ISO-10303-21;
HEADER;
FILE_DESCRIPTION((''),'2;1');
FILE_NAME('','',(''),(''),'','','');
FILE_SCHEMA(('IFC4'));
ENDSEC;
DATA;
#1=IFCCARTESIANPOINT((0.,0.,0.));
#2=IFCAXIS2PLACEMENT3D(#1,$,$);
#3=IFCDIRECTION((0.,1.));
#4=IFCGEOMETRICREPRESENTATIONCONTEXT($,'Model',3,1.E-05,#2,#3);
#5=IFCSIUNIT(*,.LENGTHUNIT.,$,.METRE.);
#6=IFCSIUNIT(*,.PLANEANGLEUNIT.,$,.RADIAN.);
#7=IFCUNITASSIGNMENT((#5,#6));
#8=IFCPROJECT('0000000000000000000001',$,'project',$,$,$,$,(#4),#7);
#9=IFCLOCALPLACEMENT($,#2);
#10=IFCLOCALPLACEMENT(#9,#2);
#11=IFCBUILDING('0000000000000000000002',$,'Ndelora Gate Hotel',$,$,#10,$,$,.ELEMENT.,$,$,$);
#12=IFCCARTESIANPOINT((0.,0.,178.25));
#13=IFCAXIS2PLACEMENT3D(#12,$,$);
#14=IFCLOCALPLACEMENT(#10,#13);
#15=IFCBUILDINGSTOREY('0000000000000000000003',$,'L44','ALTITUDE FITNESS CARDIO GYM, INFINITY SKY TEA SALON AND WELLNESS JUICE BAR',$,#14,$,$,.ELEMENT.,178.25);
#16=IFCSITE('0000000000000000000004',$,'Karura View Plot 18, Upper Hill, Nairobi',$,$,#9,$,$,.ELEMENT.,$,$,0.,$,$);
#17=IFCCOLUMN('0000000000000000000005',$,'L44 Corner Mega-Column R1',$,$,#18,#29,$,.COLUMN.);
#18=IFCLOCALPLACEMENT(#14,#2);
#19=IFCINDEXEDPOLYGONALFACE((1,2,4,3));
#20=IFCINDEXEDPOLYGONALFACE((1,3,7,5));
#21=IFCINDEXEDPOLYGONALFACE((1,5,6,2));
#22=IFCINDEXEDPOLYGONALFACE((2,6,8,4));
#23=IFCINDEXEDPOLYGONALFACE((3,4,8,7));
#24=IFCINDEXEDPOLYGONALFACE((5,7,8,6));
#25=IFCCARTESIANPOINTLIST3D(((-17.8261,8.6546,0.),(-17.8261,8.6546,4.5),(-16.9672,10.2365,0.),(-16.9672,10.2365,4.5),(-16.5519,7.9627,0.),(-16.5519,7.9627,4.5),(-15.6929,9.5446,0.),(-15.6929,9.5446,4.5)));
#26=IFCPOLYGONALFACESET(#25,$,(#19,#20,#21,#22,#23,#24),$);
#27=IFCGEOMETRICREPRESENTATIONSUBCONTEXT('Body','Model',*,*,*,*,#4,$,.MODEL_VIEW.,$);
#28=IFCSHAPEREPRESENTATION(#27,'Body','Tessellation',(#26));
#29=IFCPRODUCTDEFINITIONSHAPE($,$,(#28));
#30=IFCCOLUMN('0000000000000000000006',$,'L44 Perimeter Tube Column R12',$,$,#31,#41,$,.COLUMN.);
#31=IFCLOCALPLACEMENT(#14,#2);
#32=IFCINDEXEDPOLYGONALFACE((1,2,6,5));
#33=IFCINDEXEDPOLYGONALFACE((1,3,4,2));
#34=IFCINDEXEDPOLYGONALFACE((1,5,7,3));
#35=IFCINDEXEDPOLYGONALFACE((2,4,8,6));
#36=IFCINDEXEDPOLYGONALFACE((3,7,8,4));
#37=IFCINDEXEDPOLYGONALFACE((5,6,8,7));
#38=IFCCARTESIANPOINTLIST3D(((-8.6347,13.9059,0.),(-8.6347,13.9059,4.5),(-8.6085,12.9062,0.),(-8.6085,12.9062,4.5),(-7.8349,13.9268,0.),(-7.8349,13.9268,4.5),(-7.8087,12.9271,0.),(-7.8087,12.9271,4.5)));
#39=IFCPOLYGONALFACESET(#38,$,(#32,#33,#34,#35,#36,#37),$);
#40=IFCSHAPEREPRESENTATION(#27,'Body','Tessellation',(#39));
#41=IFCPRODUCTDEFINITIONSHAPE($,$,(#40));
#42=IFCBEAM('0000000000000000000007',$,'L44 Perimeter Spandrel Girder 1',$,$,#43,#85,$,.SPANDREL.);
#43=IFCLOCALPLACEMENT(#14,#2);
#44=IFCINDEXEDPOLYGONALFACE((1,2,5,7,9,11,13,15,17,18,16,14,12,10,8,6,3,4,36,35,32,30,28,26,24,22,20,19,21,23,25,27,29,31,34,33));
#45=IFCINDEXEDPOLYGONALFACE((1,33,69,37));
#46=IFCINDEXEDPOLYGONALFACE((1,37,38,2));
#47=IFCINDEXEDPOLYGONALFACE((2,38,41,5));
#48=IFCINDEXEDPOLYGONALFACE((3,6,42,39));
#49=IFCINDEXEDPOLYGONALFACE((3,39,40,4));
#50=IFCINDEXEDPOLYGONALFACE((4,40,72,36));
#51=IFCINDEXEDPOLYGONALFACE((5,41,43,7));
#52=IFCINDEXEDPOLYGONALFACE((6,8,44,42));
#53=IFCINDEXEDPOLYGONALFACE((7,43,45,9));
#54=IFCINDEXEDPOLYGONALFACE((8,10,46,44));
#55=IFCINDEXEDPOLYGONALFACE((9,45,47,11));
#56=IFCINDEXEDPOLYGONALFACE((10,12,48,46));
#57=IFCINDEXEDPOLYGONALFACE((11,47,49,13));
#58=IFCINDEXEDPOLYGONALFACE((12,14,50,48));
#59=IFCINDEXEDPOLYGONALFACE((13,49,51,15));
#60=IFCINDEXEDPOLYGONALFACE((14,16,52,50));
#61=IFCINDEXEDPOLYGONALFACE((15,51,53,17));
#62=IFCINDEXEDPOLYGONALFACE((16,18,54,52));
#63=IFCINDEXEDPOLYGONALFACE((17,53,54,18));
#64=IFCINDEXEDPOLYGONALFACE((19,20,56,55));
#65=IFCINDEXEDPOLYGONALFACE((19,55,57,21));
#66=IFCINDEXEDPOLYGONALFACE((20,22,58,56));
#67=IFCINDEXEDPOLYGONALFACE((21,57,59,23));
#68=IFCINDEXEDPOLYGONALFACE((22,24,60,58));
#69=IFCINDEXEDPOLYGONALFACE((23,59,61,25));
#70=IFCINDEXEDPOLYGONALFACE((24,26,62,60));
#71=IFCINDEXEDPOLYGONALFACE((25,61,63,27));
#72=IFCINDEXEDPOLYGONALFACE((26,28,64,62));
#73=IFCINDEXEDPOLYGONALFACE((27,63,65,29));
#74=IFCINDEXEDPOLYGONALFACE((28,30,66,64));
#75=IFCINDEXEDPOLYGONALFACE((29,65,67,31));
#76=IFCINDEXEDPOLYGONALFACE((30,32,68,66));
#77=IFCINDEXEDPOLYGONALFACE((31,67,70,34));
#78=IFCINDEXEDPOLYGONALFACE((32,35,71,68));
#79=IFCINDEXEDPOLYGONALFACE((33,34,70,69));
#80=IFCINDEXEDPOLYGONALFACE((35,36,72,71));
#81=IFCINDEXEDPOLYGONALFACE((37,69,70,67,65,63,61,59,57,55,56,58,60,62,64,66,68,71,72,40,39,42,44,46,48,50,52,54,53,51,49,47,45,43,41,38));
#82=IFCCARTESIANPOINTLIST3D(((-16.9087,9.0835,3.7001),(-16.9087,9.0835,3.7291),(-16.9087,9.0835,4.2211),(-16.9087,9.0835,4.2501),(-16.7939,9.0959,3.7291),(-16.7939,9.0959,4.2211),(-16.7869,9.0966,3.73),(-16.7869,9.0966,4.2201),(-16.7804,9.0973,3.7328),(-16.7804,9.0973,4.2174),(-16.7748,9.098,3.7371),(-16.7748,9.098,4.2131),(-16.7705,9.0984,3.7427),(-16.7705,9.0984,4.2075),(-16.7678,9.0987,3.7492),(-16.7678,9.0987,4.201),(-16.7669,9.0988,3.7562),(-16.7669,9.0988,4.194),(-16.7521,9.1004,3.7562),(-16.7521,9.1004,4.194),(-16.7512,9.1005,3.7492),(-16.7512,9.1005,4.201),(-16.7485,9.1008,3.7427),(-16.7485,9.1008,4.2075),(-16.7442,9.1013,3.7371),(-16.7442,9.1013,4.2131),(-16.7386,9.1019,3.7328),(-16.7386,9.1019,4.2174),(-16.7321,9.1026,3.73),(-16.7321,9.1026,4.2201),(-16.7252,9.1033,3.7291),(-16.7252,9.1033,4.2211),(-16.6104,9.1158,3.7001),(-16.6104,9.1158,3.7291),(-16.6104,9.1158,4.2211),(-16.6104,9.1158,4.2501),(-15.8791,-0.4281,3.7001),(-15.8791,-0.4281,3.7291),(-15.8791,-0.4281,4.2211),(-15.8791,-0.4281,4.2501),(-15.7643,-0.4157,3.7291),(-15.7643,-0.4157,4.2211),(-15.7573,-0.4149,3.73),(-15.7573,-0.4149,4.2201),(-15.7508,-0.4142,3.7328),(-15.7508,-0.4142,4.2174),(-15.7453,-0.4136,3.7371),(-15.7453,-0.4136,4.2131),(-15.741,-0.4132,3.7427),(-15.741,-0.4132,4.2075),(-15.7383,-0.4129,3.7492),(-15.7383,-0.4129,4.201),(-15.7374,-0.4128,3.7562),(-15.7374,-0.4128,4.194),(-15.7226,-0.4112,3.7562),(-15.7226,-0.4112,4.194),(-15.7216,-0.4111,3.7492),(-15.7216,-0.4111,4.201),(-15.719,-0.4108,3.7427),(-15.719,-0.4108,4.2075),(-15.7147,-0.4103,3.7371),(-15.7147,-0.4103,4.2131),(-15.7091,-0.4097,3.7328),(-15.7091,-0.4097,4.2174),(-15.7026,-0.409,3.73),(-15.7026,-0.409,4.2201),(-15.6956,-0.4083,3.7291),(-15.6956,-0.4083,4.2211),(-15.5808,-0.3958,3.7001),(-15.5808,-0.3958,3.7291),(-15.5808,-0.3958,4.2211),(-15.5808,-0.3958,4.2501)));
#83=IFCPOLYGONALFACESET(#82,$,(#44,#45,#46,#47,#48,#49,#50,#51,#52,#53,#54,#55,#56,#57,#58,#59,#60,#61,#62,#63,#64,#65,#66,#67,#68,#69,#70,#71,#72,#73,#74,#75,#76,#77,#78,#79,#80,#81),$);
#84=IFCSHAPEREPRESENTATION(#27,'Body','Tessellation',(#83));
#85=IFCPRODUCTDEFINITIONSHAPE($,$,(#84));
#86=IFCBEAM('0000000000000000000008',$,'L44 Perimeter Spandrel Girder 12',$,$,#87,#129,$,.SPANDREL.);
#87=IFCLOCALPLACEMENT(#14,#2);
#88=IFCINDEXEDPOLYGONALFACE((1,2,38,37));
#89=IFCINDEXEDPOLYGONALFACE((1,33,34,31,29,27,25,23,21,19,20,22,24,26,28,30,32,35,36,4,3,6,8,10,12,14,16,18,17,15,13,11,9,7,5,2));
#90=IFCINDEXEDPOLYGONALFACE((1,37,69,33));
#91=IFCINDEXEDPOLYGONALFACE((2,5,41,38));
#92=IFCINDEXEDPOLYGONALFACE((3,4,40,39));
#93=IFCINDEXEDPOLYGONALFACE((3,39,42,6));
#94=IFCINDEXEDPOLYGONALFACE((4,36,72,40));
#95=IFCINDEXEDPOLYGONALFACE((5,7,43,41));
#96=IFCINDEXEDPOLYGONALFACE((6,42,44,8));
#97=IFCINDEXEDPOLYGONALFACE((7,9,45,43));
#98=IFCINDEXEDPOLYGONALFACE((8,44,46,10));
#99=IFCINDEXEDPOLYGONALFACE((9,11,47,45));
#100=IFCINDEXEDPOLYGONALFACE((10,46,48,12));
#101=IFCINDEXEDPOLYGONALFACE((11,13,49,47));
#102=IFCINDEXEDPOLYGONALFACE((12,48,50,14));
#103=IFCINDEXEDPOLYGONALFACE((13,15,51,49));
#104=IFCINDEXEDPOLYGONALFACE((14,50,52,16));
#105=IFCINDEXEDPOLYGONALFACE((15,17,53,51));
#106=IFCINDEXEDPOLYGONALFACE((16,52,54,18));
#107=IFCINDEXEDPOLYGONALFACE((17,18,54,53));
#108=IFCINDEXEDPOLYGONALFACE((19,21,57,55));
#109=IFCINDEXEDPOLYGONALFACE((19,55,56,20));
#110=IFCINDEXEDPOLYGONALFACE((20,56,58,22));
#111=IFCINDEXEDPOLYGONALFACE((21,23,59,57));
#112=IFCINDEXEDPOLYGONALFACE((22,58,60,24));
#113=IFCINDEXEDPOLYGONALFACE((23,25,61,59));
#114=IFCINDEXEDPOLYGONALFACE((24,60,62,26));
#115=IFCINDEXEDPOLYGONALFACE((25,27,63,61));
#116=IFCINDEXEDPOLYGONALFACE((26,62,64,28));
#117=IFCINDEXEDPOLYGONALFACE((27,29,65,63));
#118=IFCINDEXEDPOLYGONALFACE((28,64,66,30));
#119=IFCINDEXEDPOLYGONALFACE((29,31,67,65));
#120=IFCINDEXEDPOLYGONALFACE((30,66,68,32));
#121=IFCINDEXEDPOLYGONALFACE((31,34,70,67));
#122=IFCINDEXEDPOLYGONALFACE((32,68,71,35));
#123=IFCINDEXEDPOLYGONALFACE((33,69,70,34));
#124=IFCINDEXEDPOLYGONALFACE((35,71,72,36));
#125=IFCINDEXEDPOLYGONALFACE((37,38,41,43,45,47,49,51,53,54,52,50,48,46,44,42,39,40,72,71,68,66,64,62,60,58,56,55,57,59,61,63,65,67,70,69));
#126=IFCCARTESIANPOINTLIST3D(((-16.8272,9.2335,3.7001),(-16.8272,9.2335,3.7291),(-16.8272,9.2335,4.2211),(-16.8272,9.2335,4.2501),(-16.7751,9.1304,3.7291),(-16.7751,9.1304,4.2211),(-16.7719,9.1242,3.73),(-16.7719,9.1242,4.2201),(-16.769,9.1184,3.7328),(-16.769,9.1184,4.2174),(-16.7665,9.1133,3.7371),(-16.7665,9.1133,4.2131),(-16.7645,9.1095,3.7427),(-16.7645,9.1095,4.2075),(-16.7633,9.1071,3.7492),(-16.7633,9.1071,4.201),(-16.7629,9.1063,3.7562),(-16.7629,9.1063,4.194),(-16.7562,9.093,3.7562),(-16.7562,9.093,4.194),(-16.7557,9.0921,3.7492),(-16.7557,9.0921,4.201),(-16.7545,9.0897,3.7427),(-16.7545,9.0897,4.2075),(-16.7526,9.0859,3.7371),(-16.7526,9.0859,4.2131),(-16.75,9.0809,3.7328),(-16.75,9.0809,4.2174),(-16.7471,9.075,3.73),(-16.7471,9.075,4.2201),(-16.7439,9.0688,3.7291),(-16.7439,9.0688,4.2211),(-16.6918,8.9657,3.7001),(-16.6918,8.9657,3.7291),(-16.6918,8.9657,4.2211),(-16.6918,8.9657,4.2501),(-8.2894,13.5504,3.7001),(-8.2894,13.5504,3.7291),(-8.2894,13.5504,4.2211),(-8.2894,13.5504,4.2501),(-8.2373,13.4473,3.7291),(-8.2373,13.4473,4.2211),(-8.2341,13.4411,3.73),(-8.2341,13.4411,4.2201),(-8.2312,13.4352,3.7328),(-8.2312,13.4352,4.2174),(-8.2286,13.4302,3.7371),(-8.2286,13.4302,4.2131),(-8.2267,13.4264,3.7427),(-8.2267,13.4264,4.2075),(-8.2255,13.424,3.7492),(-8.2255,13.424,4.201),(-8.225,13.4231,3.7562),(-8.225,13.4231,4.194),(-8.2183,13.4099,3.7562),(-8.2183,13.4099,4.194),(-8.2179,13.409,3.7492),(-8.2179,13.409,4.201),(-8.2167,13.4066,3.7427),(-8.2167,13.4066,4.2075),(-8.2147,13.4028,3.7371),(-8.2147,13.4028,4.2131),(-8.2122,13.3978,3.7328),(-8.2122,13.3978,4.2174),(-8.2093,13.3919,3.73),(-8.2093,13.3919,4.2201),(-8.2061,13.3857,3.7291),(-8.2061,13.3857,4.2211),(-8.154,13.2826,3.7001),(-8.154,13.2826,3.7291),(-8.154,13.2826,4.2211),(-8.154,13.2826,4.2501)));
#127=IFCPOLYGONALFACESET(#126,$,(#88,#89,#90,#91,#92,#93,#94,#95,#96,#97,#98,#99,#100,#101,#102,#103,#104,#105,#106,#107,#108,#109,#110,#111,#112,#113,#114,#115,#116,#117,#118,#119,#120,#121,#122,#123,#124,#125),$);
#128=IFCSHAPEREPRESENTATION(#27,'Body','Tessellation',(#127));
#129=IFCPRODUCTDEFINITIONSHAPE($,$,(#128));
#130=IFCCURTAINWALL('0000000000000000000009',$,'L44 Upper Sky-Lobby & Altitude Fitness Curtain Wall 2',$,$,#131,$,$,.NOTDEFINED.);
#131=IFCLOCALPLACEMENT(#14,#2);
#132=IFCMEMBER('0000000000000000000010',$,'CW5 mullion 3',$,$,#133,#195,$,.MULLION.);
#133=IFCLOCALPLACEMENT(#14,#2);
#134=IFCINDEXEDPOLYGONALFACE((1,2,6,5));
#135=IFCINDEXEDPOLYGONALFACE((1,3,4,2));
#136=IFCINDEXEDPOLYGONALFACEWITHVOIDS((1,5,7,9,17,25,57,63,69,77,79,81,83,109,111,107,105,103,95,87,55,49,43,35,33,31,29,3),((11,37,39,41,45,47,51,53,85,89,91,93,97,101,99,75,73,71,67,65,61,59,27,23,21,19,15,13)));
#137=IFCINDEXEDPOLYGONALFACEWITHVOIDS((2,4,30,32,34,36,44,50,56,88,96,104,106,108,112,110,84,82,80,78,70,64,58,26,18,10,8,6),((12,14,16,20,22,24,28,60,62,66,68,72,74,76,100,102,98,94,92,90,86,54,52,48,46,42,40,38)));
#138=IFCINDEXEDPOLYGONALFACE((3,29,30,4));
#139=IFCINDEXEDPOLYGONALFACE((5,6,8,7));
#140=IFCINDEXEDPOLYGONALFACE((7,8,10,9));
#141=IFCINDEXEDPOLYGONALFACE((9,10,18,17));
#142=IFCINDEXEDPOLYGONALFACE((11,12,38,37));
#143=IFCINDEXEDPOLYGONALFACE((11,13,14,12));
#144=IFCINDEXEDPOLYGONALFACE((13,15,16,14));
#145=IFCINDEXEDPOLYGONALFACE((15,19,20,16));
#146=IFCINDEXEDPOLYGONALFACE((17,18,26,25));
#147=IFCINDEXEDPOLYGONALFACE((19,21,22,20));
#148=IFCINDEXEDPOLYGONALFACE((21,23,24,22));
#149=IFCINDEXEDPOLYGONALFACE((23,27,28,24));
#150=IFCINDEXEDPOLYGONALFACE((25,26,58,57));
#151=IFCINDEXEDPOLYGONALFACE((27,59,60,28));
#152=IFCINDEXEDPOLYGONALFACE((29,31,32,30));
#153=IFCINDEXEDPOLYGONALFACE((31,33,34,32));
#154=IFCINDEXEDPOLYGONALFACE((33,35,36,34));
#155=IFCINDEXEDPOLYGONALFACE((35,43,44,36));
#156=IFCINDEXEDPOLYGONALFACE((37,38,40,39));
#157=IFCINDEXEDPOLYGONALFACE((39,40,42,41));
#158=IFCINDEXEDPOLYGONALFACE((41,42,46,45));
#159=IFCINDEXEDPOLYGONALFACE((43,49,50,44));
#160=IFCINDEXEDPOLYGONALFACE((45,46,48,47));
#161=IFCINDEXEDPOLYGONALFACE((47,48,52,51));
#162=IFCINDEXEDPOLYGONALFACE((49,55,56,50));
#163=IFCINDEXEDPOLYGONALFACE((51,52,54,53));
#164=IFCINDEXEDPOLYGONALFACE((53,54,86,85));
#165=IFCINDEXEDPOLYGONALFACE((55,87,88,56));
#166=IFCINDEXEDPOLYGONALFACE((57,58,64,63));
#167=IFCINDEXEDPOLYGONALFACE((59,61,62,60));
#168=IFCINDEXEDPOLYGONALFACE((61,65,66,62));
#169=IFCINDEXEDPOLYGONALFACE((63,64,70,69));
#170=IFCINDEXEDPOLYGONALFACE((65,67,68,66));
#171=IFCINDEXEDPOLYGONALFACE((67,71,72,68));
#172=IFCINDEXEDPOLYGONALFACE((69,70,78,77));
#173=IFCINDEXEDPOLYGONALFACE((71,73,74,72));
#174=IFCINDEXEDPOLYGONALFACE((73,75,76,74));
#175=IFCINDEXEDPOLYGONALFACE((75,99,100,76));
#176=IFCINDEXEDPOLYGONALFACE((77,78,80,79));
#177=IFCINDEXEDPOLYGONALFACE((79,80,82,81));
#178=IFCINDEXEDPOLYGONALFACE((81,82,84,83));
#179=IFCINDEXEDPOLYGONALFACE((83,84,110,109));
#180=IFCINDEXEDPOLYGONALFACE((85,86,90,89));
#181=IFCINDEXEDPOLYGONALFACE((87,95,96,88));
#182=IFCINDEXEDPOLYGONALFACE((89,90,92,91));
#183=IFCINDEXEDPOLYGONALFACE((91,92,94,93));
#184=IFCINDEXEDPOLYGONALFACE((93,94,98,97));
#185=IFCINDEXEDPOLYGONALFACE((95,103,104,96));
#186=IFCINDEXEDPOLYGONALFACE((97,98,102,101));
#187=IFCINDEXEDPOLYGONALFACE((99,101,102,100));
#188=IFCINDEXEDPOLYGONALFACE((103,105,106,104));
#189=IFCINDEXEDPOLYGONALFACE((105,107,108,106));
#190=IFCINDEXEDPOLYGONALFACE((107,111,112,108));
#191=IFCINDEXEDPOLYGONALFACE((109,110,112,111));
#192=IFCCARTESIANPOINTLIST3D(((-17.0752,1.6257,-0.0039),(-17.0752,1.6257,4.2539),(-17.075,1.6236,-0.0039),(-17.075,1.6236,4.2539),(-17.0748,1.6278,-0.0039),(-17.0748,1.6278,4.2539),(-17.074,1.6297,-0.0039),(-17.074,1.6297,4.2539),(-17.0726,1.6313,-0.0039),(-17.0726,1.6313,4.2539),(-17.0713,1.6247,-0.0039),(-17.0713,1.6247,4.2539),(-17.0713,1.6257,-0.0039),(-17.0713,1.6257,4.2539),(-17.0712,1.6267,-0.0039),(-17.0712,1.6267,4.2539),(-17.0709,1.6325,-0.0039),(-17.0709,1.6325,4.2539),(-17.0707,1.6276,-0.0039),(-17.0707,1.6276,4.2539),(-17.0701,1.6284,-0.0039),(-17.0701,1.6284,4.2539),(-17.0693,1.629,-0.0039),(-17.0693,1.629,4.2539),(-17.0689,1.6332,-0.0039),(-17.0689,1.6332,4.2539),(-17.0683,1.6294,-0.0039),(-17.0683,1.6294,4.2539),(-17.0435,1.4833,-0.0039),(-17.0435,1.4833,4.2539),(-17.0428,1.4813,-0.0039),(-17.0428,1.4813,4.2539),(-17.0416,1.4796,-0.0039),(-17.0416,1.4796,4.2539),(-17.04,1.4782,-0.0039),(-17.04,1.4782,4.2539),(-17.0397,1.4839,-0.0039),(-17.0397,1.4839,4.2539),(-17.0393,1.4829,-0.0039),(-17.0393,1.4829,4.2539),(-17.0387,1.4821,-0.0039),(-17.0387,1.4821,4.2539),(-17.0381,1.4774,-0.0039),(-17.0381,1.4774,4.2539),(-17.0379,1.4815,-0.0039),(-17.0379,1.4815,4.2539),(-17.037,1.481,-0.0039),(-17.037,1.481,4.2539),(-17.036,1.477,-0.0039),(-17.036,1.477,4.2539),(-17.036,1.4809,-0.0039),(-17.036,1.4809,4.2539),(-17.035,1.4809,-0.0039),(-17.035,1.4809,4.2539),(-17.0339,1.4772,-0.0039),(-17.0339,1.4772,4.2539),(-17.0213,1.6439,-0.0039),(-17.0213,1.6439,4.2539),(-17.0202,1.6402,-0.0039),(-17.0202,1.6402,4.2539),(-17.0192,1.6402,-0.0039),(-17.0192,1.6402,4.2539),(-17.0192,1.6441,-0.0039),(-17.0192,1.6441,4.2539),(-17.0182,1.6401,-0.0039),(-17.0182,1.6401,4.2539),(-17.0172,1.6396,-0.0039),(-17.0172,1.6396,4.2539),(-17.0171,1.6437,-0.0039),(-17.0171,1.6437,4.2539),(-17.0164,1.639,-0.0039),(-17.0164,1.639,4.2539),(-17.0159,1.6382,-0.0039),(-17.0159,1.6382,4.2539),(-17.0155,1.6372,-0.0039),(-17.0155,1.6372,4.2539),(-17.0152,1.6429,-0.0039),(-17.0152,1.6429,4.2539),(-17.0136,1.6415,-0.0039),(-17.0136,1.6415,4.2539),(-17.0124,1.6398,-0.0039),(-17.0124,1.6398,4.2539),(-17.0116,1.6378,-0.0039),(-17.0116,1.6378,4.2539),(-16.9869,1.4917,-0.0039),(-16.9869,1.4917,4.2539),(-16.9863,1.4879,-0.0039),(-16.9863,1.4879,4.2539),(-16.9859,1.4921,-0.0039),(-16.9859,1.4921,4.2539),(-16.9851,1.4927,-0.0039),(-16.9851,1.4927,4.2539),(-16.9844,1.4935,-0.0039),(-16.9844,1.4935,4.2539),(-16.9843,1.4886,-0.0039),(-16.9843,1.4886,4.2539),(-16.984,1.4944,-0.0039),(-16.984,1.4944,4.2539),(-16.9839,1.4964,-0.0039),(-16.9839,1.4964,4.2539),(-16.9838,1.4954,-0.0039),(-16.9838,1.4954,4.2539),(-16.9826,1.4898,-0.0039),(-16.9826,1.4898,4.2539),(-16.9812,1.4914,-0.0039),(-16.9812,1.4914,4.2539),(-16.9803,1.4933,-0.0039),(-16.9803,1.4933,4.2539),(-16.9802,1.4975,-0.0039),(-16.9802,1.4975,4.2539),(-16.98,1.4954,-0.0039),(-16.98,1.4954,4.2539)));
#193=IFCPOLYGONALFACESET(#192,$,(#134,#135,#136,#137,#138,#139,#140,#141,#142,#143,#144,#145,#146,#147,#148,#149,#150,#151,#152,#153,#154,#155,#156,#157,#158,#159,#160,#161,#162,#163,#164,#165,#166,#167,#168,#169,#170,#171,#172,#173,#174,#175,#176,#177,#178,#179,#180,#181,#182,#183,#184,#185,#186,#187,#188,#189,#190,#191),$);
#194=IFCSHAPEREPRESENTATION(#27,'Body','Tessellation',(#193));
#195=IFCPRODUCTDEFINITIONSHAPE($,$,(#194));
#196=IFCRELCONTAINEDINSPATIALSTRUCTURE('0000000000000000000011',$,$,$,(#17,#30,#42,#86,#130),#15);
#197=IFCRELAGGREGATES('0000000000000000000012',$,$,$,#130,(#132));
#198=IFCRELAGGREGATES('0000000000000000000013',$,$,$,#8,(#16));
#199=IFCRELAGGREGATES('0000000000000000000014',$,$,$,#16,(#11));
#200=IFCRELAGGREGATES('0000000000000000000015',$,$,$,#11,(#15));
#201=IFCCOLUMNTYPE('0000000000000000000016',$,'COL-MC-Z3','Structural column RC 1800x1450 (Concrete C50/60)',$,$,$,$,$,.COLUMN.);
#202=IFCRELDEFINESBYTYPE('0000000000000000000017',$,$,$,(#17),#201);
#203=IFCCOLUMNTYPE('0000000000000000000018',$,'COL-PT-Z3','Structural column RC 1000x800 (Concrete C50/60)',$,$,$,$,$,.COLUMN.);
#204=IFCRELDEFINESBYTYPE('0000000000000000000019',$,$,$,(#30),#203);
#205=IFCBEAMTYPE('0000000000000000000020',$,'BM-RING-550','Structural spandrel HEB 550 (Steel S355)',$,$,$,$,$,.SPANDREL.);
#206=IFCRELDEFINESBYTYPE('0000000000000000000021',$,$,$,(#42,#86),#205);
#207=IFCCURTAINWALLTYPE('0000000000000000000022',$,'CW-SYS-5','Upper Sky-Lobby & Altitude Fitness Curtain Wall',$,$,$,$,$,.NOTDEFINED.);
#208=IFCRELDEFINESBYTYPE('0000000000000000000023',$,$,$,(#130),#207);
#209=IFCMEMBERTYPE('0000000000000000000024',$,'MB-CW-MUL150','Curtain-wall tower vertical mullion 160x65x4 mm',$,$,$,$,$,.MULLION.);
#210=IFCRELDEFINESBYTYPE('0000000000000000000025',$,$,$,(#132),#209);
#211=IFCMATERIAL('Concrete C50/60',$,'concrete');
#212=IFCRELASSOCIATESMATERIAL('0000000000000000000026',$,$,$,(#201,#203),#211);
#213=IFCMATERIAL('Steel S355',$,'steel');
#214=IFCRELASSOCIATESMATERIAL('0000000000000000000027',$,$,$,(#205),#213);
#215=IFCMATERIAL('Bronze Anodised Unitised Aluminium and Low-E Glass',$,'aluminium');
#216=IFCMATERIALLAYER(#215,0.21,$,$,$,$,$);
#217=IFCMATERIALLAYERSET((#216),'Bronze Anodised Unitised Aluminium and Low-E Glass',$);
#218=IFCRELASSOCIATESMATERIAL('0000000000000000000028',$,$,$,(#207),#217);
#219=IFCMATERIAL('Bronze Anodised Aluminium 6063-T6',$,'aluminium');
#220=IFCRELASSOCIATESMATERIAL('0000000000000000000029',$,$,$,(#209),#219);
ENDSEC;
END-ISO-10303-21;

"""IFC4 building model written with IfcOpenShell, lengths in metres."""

from ifc_helpers import new_model, si_unit, direction, frame, origin, origin_2d, place, context, subcontext, project, spatial, rectangle, hollow_rectangle, i_section, extrude, material, layer, layer_set, material_profile, profile_set, type_object, element, aggregate, save


model = new_model("IFC4")

# Units and contexts
model_context = context("Model", 3, precision=1e-05, world=origin(), true_north=direction((0.0, 1.0)))
body_context = subcontext(model_context, "Body", "Model", "MODEL_VIEW")
ifc_project = project(units=[si_unit("LENGTHUNIT", "METRE"), si_unit("PLANEANGLEUNIT", "RADIAN")], contexts=[model_context])

# Site, building, storey
site_placement = place(None, origin())
site = spatial("IfcSite", under=ifc_project, at=site_placement, Name="Karura View Plot 18, Upper Hill, Nairobi", CompositionType="ELEMENT", RefElevation=0.0)
building_placement = place(site_placement, origin())
building = spatial("IfcBuilding", under=site, at=building_placement, Name="Ndelora Gate Hotel", CompositionType="ELEMENT")
storey_placement = place(building_placement, frame((0.0, 0.0, 178.25)))
storey = spatial("IfcBuildingStorey", under=building, at=storey_placement, Name="L44", Description="ALTITUDE FITNESS CARDIO GYM, INFINITY SKY TEA SALON AND WELLNESS JUICE BAR", CompositionType="ELEMENT", Elevation=178.25)

# Columns
ifc_material_1 = material(Name="Concrete C50/60", Category="concrete")
ifc_material_profile_1 = material_profile(ifc_material_1, rectangle(XDim=1.45, YDim=1.8, at=origin_2d()), Name="RC 1800x1450")
ifc_profile_set_1 = profile_set([ifc_material_profile_1], Name="Concrete C50/60")
column_type_1 = type_object("IfcColumnType", Name="COL-MC-Z3", Description="Structural column RC 1800x1450 (Concrete C50/60)", PredefinedType="COLUMN", material=ifc_profile_set_1)
column_1_placement = place(storey_placement, frame((-16.7595, 9.0996, 0.0), z_axis=(0.0, 0.0, 1.0), x_axis=(-0.878817, 0.477159, 0.0)))
element("IfcColumn", 1, at=column_1_placement, inside=storey, type_object=column_type_1, Name="L44 Corner Mega-Column R1", PredefinedType="COLUMN", context=body_context, shape_type="SweptSolid", body=[
    extrude(rectangle(XDim=1.45, YDim=1.8, at=origin_2d()), origin(), (0.0, 0.0, 1.0), 4.5),
])
ifc_material_profile_2 = material_profile(ifc_material_1, rectangle(XDim=0.8, YDim=1.0, at=origin_2d()), Name="RC 1000x800")
ifc_profile_set_2 = profile_set([ifc_material_profile_2], Name="Concrete C50/60")
column_type_2 = type_object("IfcColumnType", Name="COL-PT-Z3", Description="Structural column RC 1000x800 (Concrete C50/60)", PredefinedType="COLUMN", material=ifc_profile_set_2)
column_2_placement = place(storey_placement, frame((-8.2217, 13.4165, 0.0), z_axis=(0.0, 0.0, 1.0), x_axis=(0.999657, 0.026177, 0.0)))
element("IfcColumn", 2, at=column_2_placement, inside=storey, type_object=column_type_2, Name="L44 Perimeter Tube Column R12", PredefinedType="COLUMN", context=body_context, shape_type="SweptSolid", body=[
    extrude(rectangle(XDim=0.8, YDim=1.0, at=origin_2d()), origin(), (0.0, 0.0, 1.0), 4.5),
])

# Beams
ifc_material_2 = material(Name="Steel S355", Category="steel")
ifc_material_profile_3 = material_profile(ifc_material_2, i_section(OverallWidth=0.3, OverallDepth=0.55, WebThickness=0.0149, FlangeThickness=0.0291, FilletRadius=0.0271, at=origin_2d()), Name="HEB 550")
ifc_profile_set_3 = profile_set([ifc_material_profile_3], Name="Steel S355")
beam_type = type_object("IfcBeamType", Name="BM-RING-550", Description="Structural spandrel HEB 550 (Steel S355)", PredefinedType="SPANDREL", material=ifc_profile_set_3)
for number, where, z_axis, x_axis, name in (
    (3, (-16.7595, 9.0996, 3.9751), (0.107613, -0.994193, 0.0), (0.994193, 0.107613, 0.0), "L44 Perimeter Spandrel Girder 1"),
    (4, (-8.2217, 13.4165, 3.9751), (-0.892412, -0.451221, 0.0), (0.451221, -0.892412, 0.0), "L44 Perimeter Spandrel Girder 12"),
):
    element("IfcBeam", number, at=place(storey_placement, frame(where, z_axis=z_axis, x_axis=x_axis)), inside=storey, type_object=beam_type, Name=name, PredefinedType="SPANDREL", context=body_context, shape_type="SweptSolid", body=[
        extrude(i_section(OverallWidth=0.3, OverallDepth=0.55, WebThickness=0.0149, FlangeThickness=0.0291, FilletRadius=0.0271, at=origin_2d()), origin(), (0.0, 0.0, 1.0), 9.5671),
    ])

# Curtain wall, member
ifc_material_3 = material(Name="Bronze Anodised Unitised Aluminium and Low-E Glass", Category="aluminium")
ifc_layer_1 = layer(ifc_material_3, 0.21)
ifc_layer_set_1 = layer_set([ifc_layer_1], Name="Bronze Anodised Unitised Aluminium and Low-E Glass")
curtain_wall_type = type_object("IfcCurtainWallType", Name="CW-SYS-5", Description="Upper Sky-Lobby & Altitude Fitness Curtain Wall", PredefinedType="NOTDEFINED", material=ifc_layer_set_1)
curtain_wall_placement = place(storey_placement, origin())
curtain_wall = element("IfcCurtainWall", 5, at=curtain_wall_placement, inside=storey, type_object=curtain_wall_type, Name="L44 Upper Sky-Lobby & Altitude Fitness Curtain Wall 2", PredefinedType="NOTDEFINED")
ifc_material_4 = material(Name="Bronze Anodised Aluminium 6063-T6", Category="aluminium")
ifc_material_profile_4 = material_profile(ifc_material_4, hollow_rectangle(XDim=0.0649, YDim=0.1599, WallThickness=0.0039, InnerFilletRadius=0.0039, OuterFilletRadius=0.0081, at=origin_2d()), Name="ALU 160x65x4")
ifc_profile_set_4 = profile_set([ifc_material_profile_4], Name="Bronze Anodised Aluminium 6063-T6")
member_type = type_object("IfcMemberType", Name="MB-CW-MUL150", Description="Curtain-wall tower vertical mullion 160x65x4 mm", PredefinedType="MULLION", material=ifc_profile_set_4)
member_placement = place(storey_placement, frame((-17.0276, 1.5605, -0.0039), z_axis=(0.0, 0.0, 1.0), x_axis=(0.975739, 0.218939, 0.0)))
member = element("IfcMember", 6, at=member_placement, type_object=member_type, Name="CW5 mullion 3", PredefinedType="MULLION", context=body_context, shape_type="SweptSolid", body=[
    extrude(hollow_rectangle(XDim=0.0649, YDim=0.1599, WallThickness=0.0039, InnerFilletRadius=0.0039, OuterFilletRadius=0.0081, at=origin_2d()), origin(), (0.0, 0.0, 1.0), 4.2578),
])
aggregate(curtain_wall, [member])

save(model, "model.ifc")
